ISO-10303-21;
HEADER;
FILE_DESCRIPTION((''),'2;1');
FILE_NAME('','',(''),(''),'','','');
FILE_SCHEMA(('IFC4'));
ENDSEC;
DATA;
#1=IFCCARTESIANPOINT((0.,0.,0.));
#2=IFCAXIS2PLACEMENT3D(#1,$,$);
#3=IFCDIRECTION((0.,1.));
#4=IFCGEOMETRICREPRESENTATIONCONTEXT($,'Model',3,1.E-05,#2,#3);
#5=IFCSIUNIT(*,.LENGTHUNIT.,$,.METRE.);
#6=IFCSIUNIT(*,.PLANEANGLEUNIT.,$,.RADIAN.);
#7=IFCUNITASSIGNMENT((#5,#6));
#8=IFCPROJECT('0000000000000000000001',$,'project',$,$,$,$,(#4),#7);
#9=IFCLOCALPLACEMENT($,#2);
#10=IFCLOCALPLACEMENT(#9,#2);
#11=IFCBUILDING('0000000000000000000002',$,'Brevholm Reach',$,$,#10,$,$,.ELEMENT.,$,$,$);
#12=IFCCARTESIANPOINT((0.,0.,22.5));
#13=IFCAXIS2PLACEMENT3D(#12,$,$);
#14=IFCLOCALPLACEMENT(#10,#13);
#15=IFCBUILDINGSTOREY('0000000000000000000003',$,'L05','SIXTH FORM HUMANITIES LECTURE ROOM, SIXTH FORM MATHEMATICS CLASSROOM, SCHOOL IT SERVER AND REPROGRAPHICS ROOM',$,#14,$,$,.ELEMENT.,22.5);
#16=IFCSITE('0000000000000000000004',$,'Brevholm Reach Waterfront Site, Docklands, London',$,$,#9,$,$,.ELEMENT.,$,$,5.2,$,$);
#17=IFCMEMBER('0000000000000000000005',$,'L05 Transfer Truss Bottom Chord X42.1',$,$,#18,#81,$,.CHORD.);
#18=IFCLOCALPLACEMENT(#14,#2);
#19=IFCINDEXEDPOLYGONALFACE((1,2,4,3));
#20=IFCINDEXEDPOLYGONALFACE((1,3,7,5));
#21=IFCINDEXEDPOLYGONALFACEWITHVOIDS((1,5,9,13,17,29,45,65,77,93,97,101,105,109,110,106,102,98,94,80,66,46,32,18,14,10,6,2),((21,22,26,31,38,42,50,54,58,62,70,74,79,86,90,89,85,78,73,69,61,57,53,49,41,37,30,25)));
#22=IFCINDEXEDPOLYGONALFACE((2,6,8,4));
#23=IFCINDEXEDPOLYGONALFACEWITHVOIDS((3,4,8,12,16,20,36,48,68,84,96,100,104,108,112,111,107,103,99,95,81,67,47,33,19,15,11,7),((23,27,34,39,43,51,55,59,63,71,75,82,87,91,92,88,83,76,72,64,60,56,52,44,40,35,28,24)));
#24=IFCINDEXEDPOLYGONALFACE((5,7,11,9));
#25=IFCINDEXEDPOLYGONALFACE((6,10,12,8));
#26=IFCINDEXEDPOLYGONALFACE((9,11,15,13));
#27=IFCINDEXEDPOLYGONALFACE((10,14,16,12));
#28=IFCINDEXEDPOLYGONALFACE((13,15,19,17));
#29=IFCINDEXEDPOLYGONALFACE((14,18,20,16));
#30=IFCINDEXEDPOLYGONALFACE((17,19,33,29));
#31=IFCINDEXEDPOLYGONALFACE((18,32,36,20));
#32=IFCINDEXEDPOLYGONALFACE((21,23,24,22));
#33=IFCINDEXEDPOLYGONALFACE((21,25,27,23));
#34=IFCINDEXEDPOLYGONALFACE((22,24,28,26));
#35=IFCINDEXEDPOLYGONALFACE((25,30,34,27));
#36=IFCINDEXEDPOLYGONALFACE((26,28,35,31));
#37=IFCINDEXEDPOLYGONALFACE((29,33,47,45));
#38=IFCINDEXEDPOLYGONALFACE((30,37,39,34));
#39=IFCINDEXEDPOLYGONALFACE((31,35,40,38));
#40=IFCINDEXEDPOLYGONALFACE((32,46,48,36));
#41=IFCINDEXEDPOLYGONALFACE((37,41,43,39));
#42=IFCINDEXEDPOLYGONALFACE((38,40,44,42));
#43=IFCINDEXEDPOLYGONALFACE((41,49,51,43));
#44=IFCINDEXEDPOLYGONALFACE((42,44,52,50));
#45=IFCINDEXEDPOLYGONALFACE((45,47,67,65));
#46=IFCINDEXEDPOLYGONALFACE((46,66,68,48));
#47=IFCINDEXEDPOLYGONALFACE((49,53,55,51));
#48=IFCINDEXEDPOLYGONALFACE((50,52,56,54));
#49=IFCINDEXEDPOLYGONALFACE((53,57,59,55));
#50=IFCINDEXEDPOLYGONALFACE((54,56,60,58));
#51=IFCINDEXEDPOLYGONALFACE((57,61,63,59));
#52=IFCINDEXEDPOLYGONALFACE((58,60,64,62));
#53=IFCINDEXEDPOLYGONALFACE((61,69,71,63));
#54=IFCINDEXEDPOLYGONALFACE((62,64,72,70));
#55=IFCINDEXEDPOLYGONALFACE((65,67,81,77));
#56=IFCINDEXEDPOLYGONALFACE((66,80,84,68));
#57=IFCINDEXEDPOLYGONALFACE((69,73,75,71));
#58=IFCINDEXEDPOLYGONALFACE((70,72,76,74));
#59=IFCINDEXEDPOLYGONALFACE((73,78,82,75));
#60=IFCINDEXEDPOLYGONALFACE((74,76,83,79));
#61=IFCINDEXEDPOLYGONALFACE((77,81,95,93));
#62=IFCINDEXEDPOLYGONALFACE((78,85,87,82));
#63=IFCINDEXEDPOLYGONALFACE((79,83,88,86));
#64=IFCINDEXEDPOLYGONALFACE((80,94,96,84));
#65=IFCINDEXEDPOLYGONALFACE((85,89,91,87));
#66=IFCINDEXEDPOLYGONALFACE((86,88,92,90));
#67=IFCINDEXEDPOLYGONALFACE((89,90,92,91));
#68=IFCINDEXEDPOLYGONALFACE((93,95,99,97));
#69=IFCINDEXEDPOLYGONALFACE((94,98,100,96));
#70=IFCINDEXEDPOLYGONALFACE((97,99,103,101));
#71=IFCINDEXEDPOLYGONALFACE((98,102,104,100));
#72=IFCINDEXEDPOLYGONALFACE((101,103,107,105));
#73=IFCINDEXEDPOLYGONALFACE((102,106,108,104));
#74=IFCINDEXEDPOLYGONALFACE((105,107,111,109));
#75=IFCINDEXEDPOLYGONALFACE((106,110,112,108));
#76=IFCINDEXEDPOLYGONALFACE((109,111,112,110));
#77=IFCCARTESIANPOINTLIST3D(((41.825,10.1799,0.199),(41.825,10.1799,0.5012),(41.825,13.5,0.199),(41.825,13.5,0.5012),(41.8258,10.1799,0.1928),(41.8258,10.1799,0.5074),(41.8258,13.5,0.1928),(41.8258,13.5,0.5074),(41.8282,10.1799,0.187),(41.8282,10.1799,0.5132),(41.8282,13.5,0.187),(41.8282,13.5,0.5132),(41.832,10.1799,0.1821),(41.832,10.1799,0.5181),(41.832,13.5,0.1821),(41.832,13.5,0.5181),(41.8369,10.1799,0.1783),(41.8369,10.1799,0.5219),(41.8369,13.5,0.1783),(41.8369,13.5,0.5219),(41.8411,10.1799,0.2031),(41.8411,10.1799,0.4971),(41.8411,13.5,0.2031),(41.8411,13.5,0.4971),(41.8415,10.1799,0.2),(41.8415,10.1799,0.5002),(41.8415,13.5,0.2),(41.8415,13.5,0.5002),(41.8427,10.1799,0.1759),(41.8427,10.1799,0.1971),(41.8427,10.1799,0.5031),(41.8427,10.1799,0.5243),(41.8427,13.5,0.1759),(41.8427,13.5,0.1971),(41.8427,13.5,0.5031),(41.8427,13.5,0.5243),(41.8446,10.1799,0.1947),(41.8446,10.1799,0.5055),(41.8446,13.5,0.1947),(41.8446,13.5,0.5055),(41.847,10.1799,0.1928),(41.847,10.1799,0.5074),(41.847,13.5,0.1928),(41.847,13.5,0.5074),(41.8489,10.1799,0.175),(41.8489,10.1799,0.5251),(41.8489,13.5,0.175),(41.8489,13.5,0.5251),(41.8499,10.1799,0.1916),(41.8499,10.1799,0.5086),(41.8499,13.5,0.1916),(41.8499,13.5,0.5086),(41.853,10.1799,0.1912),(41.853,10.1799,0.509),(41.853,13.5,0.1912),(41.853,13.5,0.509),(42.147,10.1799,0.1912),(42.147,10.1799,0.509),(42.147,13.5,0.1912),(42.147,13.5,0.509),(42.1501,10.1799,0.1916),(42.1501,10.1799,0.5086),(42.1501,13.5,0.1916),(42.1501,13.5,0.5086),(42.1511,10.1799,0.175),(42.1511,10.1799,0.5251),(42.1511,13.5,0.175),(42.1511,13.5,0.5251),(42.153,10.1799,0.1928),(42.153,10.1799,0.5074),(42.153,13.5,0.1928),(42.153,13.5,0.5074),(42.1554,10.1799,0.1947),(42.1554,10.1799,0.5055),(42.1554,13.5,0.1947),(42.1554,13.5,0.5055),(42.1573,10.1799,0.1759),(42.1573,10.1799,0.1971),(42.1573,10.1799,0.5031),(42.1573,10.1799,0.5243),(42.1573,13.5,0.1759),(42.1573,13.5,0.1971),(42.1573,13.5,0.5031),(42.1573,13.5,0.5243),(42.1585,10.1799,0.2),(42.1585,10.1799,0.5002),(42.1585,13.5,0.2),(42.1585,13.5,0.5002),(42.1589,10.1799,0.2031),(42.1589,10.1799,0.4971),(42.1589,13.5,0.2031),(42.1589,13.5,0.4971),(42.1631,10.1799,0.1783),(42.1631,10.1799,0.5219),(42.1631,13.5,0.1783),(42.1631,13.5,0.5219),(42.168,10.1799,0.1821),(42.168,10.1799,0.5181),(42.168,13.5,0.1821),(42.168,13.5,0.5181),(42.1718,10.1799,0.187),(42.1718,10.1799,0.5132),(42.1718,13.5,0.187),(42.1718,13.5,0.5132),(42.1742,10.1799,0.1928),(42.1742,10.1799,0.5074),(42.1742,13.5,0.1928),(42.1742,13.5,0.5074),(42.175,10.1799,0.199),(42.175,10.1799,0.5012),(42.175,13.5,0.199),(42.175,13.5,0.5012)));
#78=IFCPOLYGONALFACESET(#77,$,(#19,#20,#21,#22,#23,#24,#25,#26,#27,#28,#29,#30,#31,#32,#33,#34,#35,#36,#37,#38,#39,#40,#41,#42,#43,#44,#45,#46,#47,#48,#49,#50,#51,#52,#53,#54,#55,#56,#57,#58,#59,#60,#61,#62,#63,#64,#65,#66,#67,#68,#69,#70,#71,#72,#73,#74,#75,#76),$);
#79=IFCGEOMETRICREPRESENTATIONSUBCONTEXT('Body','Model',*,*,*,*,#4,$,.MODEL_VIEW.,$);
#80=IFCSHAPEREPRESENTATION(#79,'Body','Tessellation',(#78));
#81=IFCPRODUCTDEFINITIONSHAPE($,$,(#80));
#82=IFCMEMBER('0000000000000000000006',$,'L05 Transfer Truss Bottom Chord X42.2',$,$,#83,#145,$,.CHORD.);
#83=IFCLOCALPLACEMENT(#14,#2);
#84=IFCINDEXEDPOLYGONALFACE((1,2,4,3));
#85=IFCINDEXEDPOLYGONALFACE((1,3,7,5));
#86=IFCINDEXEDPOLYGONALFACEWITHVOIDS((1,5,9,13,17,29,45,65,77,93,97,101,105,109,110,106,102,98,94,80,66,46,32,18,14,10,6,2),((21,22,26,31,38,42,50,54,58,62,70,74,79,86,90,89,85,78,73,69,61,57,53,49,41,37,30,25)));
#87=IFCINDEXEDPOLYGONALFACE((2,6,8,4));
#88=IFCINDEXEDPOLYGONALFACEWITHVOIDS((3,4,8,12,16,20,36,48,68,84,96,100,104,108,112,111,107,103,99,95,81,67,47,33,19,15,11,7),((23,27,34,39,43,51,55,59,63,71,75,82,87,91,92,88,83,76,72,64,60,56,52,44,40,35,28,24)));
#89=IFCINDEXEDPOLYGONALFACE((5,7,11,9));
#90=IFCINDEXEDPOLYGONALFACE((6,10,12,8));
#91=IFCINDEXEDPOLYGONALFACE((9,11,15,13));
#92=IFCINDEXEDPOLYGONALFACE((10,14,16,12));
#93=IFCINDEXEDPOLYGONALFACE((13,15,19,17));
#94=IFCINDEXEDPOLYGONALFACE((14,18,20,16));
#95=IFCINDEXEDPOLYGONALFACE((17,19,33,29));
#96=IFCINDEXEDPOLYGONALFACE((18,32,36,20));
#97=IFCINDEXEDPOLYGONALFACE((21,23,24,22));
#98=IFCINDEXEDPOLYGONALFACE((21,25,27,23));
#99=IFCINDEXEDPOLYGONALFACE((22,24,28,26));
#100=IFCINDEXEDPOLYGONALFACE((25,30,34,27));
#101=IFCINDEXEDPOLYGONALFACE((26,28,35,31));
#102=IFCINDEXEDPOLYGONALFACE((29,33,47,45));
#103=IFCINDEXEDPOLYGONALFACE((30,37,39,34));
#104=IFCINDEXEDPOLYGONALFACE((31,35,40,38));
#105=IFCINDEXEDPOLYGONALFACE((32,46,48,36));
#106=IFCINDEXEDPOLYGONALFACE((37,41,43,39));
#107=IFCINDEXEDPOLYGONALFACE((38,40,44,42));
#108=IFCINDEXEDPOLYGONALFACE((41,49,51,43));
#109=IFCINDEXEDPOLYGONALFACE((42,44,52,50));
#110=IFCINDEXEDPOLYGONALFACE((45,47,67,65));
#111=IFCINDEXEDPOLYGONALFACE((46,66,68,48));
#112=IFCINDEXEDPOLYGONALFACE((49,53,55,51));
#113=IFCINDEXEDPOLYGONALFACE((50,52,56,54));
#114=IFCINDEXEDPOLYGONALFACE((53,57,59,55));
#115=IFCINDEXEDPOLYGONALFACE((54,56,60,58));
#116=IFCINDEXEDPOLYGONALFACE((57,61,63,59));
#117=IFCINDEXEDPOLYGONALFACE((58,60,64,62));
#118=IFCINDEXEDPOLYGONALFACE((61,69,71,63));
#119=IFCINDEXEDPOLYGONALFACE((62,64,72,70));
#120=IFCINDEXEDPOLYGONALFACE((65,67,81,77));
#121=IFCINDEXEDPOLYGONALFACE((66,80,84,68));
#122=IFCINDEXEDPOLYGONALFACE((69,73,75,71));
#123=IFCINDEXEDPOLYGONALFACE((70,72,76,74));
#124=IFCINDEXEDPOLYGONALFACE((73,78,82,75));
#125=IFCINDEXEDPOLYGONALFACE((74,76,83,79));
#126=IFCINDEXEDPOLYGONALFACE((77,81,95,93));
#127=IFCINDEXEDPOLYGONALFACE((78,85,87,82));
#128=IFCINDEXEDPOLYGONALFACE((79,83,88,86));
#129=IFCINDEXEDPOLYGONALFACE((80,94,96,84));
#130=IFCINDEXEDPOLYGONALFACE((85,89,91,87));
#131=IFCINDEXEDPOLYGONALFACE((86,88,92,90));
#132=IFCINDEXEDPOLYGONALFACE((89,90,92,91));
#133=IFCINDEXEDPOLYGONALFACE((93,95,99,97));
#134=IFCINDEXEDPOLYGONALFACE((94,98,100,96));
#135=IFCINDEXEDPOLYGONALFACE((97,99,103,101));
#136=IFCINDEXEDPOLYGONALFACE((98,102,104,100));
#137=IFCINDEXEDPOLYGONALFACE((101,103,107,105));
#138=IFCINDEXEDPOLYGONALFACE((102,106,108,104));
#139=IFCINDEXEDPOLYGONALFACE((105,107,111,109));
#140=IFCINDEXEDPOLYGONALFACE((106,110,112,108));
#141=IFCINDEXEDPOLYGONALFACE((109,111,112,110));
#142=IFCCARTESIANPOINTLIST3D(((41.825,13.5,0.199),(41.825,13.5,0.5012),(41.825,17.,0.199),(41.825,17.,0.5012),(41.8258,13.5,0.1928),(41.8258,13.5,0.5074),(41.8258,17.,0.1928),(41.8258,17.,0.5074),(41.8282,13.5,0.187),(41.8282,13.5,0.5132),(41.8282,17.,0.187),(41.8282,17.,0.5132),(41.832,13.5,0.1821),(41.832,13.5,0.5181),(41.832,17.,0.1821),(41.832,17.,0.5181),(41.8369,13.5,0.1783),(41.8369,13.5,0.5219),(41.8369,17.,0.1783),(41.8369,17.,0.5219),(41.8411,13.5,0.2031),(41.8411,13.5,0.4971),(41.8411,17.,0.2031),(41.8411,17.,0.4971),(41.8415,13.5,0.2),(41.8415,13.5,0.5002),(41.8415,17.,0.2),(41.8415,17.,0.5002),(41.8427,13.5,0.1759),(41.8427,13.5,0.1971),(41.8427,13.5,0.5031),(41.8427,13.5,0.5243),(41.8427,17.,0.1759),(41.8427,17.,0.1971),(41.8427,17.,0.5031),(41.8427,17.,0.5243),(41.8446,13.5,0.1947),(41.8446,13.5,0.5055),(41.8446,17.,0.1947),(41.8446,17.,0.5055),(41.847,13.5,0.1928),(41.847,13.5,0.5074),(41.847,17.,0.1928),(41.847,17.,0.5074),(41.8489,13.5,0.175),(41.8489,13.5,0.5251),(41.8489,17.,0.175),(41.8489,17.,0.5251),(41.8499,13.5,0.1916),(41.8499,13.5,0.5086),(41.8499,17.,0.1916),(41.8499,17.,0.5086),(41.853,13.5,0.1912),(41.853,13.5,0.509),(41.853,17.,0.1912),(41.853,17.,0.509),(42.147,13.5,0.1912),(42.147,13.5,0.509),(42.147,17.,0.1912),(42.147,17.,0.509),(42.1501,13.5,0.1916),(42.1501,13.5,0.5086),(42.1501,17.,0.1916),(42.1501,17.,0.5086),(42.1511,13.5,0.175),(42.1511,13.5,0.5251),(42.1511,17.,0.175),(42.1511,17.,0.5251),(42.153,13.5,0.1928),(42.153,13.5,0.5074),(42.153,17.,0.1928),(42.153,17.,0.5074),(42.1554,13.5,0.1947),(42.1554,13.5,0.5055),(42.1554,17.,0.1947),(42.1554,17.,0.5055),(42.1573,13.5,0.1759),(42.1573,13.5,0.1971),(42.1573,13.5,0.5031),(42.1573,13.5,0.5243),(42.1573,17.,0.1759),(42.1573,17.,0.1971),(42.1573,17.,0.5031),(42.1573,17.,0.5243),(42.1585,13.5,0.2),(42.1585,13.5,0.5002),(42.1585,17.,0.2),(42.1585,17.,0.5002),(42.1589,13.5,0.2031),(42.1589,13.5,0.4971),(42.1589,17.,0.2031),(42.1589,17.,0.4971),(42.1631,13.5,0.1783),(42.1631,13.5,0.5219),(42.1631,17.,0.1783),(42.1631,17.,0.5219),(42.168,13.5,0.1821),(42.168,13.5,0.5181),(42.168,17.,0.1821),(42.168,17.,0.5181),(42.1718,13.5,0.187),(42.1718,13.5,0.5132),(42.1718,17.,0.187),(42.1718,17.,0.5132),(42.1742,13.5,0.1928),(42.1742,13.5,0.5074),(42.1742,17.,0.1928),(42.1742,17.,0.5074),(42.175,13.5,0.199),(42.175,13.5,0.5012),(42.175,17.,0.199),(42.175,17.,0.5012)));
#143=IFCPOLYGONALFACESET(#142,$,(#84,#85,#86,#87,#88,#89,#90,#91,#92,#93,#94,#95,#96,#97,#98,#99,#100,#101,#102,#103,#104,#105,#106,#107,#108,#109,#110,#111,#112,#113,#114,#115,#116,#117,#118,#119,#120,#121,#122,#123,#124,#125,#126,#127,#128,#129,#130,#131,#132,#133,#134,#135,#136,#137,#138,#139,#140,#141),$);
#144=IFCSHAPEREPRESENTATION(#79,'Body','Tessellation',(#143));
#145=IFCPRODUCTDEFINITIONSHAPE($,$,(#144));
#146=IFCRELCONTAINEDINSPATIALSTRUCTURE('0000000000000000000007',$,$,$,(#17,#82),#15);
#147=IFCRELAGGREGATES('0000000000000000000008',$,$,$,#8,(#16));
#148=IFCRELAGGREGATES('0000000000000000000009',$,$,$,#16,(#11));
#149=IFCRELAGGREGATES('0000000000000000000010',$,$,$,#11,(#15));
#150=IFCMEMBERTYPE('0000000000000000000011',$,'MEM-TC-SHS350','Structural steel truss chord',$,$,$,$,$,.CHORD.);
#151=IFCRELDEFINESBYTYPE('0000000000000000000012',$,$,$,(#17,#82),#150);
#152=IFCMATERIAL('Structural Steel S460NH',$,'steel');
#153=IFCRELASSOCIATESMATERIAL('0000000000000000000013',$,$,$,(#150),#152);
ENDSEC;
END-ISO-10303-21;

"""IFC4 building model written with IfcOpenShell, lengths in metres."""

from ifc_helpers import new_model, si_unit, direction, frame, origin, origin_2d, place, context, subcontext, project, spatial, hollow_rectangle, extrude, material, material_profile, profile_set, type_object, element, save


model = new_model("IFC4")

# Units and contexts
model_context = context("Model", 3, precision=1e-05, world=origin(), true_north=direction((0.0, 1.0)))
body_context = subcontext(model_context, "Body", "Model", "MODEL_VIEW")
ifc_project = project(units=[si_unit("LENGTHUNIT", "METRE"), si_unit("PLANEANGLEUNIT", "RADIAN")], contexts=[model_context])

# Site, building, storey
site_placement = place(None, origin())
site = spatial("IfcSite", under=ifc_project, at=site_placement, Name="Brevholm Reach Waterfront Site, Docklands, London", CompositionType="ELEMENT", RefElevation=5.2)
building_placement = place(site_placement, origin())
building = spatial("IfcBuilding", under=site, at=building_placement, Name="Brevholm Reach", CompositionType="ELEMENT")
storey_placement = place(building_placement, frame((0.0, 0.0, 22.5)))
storey = spatial("IfcBuildingStorey", under=building, at=storey_placement, Name="L05", Description="SIXTH FORM HUMANITIES LECTURE ROOM, SIXTH FORM MATHEMATICS CLASSROOM, SCHOOL IT SERVER AND REPROGRAPHICS ROOM", CompositionType="ELEMENT", Elevation=22.5)

# Members
ifc_material_1 = material(Name="Structural Steel S460NH", Category="steel")
ifc_material_profile_1 = material_profile(ifc_material_1, hollow_rectangle(XDim=0.3501, YDim=0.3501, WallThickness=0.0161, InnerFilletRadius=0.012, OuterFilletRadius=0.0239, at=origin_2d()), Name="SHS 350x350x16")
ifc_profile_set_1 = profile_set([ifc_material_profile_1], Name="Structural Steel S460NH")
member_type_1 = type_object("IfcMemberType", Name="MEM-TC-SHS350", Description="Structural steel truss chord", PredefinedType="CHORD", material=ifc_profile_set_1)
member_1_placement = place(storey_placement, frame((42.0, 10.1799, 0.3501), z_axis=(0.0, 1.0, 0.0), x_axis=(-1.0, 0.0, 0.0)))
element("IfcMember", 1, at=member_1_placement, inside=storey, type_object=member_type_1, Name="L05 Transfer Truss Bottom Chord X42.1", PredefinedType="CHORD", context=body_context, shape_type="SweptSolid", body=[
    extrude(hollow_rectangle(XDim=0.3501, YDim=0.3501, WallThickness=0.0161, InnerFilletRadius=0.012, OuterFilletRadius=0.0239, at=origin_2d()), origin(), (0.0, 0.0, 1.0), 3.3201),
])
for number, where, z_axis, x_axis, name in (
    (2, (42.0, 13.5, 0.3501), (0.0, 1.0, 0.0), (-1.0, 0.0, 0.0), "L05 Transfer Truss Bottom Chord X42.2"),
):
    element("IfcMember", number, at=place(storey_placement, frame(where, z_axis=z_axis, x_axis=x_axis)), inside=storey, type_object=member_type_1, Name=name, PredefinedType="CHORD", context=body_context, shape_type="SweptSolid", body=[
        extrude(hollow_rectangle(XDim=0.3501, YDim=0.3501, WallThickness=0.0161, InnerFilletRadius=0.012, OuterFilletRadius=0.0239, at=origin_2d()), origin(), (0.0, 0.0, 1.0), 3.5),
    ])

save(model, "model.ifc")
